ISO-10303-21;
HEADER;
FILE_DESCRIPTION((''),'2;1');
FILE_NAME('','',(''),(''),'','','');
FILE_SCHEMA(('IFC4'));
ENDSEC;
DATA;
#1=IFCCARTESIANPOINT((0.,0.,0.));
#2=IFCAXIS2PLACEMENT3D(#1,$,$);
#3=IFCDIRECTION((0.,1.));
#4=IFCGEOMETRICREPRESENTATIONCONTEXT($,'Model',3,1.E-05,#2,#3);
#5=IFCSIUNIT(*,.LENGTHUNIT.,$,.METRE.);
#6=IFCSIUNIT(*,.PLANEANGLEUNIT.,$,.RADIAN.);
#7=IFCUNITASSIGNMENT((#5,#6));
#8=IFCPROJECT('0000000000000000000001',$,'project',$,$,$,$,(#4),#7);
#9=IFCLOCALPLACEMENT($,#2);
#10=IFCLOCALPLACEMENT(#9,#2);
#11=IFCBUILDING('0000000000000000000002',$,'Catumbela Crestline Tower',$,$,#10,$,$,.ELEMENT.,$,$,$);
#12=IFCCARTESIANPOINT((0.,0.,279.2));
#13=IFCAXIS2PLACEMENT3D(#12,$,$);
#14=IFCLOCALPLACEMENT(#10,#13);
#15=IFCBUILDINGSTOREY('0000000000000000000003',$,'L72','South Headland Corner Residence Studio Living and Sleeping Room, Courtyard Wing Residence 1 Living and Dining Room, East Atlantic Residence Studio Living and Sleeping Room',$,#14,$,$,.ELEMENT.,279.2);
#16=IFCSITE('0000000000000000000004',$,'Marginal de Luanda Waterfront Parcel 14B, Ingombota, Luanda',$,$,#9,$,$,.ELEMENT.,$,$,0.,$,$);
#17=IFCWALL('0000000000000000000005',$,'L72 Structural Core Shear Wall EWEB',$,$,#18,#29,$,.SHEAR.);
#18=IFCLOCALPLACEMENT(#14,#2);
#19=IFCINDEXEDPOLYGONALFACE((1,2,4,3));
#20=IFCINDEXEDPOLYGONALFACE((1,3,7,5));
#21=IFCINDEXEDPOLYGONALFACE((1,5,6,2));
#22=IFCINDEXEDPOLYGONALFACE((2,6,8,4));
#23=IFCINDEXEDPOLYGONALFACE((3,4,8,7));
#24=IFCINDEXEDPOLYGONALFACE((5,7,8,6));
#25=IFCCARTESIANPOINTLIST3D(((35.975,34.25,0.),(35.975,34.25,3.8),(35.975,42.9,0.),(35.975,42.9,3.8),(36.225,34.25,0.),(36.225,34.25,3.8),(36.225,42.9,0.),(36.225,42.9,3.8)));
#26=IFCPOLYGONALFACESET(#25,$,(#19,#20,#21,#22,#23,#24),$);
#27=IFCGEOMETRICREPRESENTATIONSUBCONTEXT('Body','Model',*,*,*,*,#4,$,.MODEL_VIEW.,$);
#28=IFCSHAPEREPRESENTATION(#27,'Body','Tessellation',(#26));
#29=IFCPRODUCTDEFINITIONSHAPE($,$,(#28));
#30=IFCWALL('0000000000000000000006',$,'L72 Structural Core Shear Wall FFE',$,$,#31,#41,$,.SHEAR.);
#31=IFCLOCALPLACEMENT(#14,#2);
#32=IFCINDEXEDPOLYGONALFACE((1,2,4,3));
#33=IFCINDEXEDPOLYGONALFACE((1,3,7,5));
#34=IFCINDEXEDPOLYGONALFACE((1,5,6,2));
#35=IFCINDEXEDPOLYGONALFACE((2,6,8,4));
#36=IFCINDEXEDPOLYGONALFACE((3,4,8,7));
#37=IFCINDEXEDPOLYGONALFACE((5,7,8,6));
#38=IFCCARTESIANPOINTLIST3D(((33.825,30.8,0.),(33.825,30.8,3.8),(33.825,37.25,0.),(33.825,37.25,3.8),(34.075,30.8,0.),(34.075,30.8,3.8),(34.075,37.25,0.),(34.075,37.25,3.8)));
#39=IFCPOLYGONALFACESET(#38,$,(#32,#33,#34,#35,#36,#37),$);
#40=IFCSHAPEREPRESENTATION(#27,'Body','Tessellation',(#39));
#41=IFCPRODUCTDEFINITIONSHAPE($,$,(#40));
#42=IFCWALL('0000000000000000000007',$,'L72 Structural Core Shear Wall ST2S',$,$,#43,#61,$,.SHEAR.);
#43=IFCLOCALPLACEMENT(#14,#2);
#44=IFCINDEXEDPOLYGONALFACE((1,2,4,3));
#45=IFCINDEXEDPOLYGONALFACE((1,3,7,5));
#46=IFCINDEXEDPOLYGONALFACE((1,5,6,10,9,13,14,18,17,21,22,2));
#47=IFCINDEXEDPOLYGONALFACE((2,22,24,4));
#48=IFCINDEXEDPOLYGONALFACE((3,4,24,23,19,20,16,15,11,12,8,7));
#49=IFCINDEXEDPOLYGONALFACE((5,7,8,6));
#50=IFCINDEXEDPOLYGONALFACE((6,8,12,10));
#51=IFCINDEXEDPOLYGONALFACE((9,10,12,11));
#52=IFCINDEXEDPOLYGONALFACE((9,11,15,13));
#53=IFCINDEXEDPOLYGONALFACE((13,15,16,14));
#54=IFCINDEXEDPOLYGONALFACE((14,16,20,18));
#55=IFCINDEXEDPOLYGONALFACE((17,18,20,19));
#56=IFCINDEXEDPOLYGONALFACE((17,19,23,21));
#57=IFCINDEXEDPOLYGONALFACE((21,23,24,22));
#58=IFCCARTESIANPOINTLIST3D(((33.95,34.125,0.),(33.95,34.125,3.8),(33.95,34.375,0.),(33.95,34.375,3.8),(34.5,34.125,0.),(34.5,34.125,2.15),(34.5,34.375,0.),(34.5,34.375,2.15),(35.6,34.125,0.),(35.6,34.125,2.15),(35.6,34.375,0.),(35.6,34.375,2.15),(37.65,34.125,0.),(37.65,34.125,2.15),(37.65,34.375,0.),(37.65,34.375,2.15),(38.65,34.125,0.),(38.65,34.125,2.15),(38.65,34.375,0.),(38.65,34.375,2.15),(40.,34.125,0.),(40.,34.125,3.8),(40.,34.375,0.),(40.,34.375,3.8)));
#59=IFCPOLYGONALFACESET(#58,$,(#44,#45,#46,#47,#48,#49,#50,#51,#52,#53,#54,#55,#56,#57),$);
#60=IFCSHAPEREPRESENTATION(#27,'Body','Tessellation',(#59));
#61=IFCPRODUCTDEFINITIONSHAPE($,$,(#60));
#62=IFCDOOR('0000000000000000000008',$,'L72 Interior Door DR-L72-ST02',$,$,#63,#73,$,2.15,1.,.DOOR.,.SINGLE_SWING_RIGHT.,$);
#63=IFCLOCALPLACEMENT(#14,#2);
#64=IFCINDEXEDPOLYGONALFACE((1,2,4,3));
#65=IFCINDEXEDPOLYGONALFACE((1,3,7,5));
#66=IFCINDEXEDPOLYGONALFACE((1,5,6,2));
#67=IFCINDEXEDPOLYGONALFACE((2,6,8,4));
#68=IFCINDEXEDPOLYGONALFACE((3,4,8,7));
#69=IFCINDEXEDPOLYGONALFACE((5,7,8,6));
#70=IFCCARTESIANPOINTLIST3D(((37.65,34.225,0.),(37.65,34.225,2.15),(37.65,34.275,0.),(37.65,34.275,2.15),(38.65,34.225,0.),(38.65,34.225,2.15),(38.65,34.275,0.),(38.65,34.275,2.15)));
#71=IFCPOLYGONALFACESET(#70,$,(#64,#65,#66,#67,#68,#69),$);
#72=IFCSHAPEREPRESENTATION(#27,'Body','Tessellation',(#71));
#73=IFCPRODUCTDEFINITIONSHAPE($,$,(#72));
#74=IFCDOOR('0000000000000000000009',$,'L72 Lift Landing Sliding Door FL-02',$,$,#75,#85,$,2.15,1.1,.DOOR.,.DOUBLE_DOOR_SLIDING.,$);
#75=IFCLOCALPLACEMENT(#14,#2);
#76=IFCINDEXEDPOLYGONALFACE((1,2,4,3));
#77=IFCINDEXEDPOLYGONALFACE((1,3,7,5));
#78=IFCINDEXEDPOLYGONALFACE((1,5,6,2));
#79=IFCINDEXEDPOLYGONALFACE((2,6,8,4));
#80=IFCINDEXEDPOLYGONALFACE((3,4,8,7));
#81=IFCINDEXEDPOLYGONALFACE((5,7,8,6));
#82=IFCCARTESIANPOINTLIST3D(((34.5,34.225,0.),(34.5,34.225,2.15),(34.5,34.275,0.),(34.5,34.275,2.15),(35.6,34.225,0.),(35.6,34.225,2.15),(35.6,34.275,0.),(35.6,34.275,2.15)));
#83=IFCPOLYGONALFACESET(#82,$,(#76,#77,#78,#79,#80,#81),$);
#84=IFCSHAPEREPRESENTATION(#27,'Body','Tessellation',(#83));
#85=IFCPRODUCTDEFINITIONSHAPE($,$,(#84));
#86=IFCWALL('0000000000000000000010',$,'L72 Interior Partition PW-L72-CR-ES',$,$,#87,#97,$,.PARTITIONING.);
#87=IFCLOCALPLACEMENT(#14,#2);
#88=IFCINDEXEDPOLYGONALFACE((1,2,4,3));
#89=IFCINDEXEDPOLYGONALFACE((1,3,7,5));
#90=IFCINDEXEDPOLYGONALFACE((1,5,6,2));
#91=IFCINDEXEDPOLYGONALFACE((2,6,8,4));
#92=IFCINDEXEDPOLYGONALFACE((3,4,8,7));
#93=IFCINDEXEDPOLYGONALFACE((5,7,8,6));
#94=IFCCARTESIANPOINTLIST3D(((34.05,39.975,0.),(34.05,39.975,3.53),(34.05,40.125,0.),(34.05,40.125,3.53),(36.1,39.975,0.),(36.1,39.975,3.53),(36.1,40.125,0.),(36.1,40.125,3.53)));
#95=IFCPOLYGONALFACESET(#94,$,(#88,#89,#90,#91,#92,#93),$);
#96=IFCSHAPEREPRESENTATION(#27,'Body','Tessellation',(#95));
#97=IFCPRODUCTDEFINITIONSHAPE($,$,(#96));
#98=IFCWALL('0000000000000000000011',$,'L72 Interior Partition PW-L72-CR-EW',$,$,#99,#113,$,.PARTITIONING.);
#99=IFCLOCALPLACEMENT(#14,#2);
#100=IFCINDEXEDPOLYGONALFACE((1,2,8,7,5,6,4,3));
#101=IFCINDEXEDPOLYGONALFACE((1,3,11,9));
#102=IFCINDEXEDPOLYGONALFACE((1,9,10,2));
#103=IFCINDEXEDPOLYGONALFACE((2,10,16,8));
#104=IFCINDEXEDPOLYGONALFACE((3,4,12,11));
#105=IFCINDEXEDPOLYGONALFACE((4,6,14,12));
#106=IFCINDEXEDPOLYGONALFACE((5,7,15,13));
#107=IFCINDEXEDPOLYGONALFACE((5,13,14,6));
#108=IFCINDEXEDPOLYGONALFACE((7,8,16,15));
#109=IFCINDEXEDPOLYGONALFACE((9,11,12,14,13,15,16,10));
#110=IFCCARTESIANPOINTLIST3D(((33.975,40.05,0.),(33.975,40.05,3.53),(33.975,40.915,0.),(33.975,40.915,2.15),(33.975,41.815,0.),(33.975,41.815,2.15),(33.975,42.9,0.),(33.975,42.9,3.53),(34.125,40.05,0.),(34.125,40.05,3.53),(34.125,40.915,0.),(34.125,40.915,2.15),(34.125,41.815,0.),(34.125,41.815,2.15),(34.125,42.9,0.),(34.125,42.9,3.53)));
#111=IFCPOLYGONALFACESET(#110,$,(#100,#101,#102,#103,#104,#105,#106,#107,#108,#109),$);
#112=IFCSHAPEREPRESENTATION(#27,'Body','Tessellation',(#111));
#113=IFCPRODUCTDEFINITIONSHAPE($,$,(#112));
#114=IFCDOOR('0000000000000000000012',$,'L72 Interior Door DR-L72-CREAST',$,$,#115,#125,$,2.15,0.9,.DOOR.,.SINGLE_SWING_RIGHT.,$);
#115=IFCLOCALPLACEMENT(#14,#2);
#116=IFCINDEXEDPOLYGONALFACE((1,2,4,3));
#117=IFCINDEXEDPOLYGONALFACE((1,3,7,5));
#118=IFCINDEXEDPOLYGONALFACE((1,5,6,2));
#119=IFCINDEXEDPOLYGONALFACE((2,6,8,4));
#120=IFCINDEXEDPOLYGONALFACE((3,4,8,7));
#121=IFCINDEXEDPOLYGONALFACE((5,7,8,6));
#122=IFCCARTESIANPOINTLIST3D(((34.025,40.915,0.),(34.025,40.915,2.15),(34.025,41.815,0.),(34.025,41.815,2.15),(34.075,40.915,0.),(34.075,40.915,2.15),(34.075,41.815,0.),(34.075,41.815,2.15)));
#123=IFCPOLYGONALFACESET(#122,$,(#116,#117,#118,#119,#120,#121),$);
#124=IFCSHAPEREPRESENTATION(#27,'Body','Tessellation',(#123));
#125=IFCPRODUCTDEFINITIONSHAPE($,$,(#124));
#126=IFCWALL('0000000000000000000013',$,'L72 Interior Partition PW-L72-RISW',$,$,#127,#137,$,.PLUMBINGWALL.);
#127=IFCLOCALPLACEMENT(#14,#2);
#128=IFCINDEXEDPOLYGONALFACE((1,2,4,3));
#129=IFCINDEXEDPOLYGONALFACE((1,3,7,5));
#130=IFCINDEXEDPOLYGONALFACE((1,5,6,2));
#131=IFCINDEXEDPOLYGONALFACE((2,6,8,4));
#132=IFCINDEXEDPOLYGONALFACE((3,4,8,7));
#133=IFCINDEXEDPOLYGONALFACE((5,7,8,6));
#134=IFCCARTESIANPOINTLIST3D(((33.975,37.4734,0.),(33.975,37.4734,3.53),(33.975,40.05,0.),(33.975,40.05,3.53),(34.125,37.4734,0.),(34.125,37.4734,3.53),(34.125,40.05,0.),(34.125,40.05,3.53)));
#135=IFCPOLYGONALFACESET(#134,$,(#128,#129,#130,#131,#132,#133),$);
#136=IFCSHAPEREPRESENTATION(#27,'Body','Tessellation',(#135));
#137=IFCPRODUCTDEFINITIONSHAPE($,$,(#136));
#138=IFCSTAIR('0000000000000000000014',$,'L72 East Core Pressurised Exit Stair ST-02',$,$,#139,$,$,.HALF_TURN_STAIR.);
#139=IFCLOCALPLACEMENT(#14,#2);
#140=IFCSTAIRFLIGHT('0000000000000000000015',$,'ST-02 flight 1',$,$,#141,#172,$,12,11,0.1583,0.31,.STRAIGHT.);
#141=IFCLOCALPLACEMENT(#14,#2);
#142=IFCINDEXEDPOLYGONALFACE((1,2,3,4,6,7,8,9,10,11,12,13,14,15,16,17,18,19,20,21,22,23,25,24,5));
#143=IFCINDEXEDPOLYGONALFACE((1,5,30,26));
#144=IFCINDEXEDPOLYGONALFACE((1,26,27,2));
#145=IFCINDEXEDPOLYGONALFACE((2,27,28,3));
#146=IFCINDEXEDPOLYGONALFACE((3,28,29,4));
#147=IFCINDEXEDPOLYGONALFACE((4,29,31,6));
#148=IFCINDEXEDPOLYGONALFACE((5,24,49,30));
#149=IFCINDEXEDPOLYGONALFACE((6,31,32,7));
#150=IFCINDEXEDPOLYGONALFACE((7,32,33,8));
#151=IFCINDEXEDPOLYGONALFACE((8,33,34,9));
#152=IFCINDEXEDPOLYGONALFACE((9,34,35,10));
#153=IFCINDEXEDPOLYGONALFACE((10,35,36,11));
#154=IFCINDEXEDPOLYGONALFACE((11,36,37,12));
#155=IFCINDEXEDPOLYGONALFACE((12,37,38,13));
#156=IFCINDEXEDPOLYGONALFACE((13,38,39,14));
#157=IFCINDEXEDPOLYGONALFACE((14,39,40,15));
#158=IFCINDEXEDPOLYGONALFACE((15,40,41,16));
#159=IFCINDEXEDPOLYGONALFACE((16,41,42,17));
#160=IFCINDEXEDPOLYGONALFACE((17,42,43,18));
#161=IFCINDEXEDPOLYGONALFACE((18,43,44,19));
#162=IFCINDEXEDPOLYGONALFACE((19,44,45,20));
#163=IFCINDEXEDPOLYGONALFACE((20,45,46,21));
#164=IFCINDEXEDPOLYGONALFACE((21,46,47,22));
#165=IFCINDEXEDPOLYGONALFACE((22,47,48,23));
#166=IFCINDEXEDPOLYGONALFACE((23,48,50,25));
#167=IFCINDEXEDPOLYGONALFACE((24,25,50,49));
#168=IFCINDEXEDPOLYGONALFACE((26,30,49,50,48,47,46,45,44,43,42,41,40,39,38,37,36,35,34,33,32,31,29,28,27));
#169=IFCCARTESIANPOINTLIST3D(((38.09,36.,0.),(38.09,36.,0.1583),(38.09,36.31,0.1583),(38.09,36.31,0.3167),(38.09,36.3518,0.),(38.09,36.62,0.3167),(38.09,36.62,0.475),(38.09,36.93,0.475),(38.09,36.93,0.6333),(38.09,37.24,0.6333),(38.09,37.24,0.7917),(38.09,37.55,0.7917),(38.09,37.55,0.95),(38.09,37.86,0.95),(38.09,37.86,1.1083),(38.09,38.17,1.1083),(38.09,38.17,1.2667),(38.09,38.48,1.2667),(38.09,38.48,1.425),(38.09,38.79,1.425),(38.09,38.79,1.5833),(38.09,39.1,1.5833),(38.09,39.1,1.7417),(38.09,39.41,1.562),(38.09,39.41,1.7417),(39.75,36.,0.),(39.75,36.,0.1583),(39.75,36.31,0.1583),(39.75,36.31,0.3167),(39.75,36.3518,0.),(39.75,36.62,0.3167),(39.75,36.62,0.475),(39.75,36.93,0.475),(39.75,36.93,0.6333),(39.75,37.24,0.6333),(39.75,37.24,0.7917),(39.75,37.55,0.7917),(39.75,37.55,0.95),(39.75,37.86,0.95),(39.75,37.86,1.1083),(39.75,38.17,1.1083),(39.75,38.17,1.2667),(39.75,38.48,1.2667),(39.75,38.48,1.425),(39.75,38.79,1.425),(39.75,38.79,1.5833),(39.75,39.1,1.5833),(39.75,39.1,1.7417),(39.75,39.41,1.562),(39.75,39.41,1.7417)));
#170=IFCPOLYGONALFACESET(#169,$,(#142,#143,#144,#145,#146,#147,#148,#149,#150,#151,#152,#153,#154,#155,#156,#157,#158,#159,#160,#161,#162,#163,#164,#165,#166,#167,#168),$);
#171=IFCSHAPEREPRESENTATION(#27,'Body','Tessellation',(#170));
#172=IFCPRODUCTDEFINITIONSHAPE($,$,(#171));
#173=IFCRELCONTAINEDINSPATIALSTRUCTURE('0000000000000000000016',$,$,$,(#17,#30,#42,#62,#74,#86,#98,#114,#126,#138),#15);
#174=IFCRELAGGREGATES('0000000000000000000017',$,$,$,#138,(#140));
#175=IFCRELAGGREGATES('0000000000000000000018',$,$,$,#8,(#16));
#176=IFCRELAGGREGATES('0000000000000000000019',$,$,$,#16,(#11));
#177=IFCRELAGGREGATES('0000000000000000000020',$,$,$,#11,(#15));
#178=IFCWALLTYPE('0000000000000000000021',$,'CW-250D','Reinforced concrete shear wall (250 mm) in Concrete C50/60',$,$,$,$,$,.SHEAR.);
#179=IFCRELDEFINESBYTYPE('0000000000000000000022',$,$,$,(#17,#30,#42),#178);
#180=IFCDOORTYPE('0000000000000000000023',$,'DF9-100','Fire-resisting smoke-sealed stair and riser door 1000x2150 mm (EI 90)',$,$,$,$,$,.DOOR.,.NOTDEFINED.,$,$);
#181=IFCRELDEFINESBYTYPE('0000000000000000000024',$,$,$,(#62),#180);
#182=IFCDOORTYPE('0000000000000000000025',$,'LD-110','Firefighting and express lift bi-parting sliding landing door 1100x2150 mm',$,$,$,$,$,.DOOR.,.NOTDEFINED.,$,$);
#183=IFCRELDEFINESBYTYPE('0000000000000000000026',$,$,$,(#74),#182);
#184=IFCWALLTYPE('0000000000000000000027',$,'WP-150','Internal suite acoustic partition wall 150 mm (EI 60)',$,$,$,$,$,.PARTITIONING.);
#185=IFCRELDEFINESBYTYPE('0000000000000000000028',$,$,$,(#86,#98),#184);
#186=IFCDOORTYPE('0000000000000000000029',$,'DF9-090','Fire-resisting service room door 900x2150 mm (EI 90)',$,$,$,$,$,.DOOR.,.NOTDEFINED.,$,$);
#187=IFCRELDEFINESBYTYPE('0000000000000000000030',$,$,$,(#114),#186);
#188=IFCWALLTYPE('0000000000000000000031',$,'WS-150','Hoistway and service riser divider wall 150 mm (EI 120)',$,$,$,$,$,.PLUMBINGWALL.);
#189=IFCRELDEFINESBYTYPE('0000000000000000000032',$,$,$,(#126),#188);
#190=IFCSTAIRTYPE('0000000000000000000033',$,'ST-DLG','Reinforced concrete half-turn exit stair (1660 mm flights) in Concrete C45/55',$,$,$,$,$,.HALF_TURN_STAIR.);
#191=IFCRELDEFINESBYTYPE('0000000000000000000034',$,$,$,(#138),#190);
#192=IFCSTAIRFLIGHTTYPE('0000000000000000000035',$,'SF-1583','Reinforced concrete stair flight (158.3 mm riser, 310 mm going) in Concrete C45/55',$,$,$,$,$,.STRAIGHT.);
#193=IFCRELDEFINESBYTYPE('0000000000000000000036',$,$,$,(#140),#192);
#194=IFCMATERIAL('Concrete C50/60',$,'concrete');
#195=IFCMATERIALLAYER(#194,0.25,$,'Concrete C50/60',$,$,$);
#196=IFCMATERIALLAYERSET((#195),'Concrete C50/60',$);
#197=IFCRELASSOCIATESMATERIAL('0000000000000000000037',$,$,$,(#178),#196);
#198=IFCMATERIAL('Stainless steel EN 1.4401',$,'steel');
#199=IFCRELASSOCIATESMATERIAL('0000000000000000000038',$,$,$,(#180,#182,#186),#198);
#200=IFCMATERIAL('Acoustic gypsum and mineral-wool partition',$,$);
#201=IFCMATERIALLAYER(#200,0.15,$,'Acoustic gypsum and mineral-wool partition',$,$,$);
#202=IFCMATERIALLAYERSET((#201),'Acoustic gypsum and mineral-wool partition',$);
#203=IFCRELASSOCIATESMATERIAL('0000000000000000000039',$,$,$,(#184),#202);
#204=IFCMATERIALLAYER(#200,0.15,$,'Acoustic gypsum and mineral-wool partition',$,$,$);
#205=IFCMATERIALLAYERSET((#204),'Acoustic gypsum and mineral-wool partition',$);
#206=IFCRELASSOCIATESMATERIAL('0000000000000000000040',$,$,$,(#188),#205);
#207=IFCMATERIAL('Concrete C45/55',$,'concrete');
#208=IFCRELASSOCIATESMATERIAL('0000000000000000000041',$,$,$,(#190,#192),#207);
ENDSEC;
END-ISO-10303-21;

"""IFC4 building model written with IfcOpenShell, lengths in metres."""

from ifc_helpers import new_model, si_unit, direction, frame, frame_2d, origin, place, context, subcontext, project, spatial, polyline, rectangle, outline, extrude, material, layer, layer_set, type_object, element, fill, aggregate, save


model = new_model("IFC4")

# Units and contexts
model_context = context("Model", 3, precision=1e-05, world=origin(), true_north=direction((0.0, 1.0)))
body_context = subcontext(model_context, "Body", "Model", "MODEL_VIEW")
ifc_project = project(units=[si_unit("LENGTHUNIT", "METRE"), si_unit("PLANEANGLEUNIT", "RADIAN")], contexts=[model_context])

# Site, building, storey
site_placement = place(None, origin())
site = spatial("IfcSite", under=ifc_project, at=site_placement, Name="Marginal de Luanda Waterfront Parcel 14B, Ingombota, Luanda", CompositionType="ELEMENT", RefElevation=0.0)
building_placement = place(site_placement, origin())
building = spatial("IfcBuilding", under=site, at=building_placement, Name="Catumbela Crestline Tower", CompositionType="ELEMENT")
storey_placement = place(building_placement, frame((0.0, 0.0, 279.2)))
storey = spatial("IfcBuildingStorey", under=building, at=storey_placement, Name="L72", Description="South Headland Corner Residence Studio Living and Sleeping Room, Courtyard Wing Residence 1 Living and Dining Room, East Atlantic Residence Studio Living and Sleeping Room", CompositionType="ELEMENT", Elevation=279.2)

# Walls
ifc_material_1 = material(Name="Concrete C50/60", Category="concrete")
ifc_layer_1 = layer(ifc_material_1, 0.25, Name="Concrete C50/60")
ifc_layer_set_1 = layer_set([ifc_layer_1], Name="Concrete C50/60")
wall_type_1 = type_object("IfcWallType", Name="CW-250D", Description="Reinforced concrete shear wall (250 mm) in Concrete C50/60", PredefinedType="SHEAR", material=ifc_layer_set_1)
wall_1_placement = place(storey_placement, frame((36.1, 34.25, 0.0), z_axis=(0.0, 0.0, 1.0), x_axis=(0.0, 1.0, 0.0)))
element("IfcWall", 1, at=wall_1_placement, inside=storey, type_object=wall_type_1, Name="L72 Structural Core Shear Wall EWEB", PredefinedType="SHEAR", context=body_context, shape_type="SweptSolid", body=[
    extrude(rectangle(XDim=8.65, YDim=0.25, at=frame_2d((4.325, 0.0))), origin(), (0.0, 0.0, 1.0), 3.8),
])
wall_2_placement = place(storey_placement, frame((33.95, 30.8, 0.0), z_axis=(0.0, 0.0, 1.0), x_axis=(0.0, 1.0, 0.0)))
element("IfcWall", 2, at=wall_2_placement, inside=storey, type_object=wall_type_1, Name="L72 Structural Core Shear Wall FFE", PredefinedType="SHEAR", context=body_context, shape_type="SweptSolid", body=[
    extrude(rectangle(XDim=6.45, YDim=0.25, at=frame_2d((3.225, 0.0))), origin(), (0.0, 0.0, 1.0), 3.8),
])

# Wall, openings, doors
wall_3_placement = place(storey_placement, frame((33.95, 34.25, 0.0), z_axis=(0.0, 0.0, 1.0), x_axis=(1.0, 0.0, 0.0)))
wall_3 = element("IfcWall", 3, at=wall_3_placement, inside=storey, type_object=wall_type_1, Name="L72 Structural Core Shear Wall ST2S", PredefinedType="SHEAR", context=body_context, shape_type="SweptSolid", body=[
    extrude(rectangle(XDim=6.05, YDim=0.25, at=frame_2d((3.025, 0.0))), origin(), (0.0, 0.0, 1.0), 3.8),
])
opening_1_placement = place(wall_3_placement, frame((3.7, 0.0, 0.0)))
opening_1 = element("IfcOpeningElement", 4, at=opening_1_placement, cuts=wall_3, PredefinedType="OPENING", context=body_context, shape_type="SweptSolid", body=[
    extrude(rectangle(XDim=1.0, YDim=2.15, at=frame_2d((0.5, 1.075))), frame((0.0, 0.135, 0.0), z_axis=(0.0, -1.0, 0.0), x_axis=(1.0, 0.0, 0.0)), (0.0, 0.0, 1.0), 0.27),
])
opening_2_placement = place(wall_3_placement, frame((0.55, 0.0, 0.0)))
opening_2 = element("IfcOpeningElement", 5, at=opening_2_placement, cuts=wall_3, PredefinedType="OPENING", context=body_context, shape_type="SweptSolid", body=[
    extrude(rectangle(XDim=1.1, YDim=2.15, at=frame_2d((0.55, 1.075))), frame((0.0, 0.135, 0.0), z_axis=(0.0, -1.0, 0.0), x_axis=(1.0, 0.0, 0.0)), (0.0, 0.0, 1.0), 0.27),
])
ifc_material_2 = material(Name="Stainless steel EN 1.4401", Category="steel")
door_type_1 = type_object("IfcDoorType", Name="DF9-100", Description="Fire-resisting smoke-sealed stair and riser door 1000x2150 mm (EI 90)", OperationType="NOTDEFINED", PredefinedType="DOOR", material=ifc_material_2)
door_1_placement = place(opening_1_placement, origin())
door_1 = element("IfcDoor", 6, at=door_1_placement, inside=storey, type_object=door_type_1, Name="L72 Interior Door DR-L72-ST02", OperationType="SINGLE_SWING_RIGHT", OverallHeight=2.15, OverallWidth=1.0, PredefinedType="DOOR", context=body_context, shape_type="SweptSolid", body=[
    extrude(rectangle(XDim=1.0, YDim=2.15, at=frame_2d((0.5, 1.075))), frame((0.0, 0.025, 0.0), z_axis=(0.0, -1.0, 0.0), x_axis=(1.0, 0.0, 0.0)), (0.0, 0.0, 1.0), 0.05),
])
fill(opening_1, door_1)
door_type_2 = type_object("IfcDoorType", Name="LD-110", Description="Firefighting and express lift bi-parting sliding landing door 1100x2150 mm", OperationType="NOTDEFINED", PredefinedType="DOOR", material=ifc_material_2)
door_2_placement = place(opening_2_placement, origin())
door_2 = element("IfcDoor", 7, at=door_2_placement, inside=storey, type_object=door_type_2, Name="L72 Lift Landing Sliding Door FL-02", OperationType="DOUBLE_DOOR_SLIDING", OverallHeight=2.15, OverallWidth=1.1, PredefinedType="DOOR", context=body_context, shape_type="SweptSolid", body=[
    extrude(rectangle(XDim=1.1, YDim=2.15, at=frame_2d((0.55, 1.075))), frame((0.0, 0.025, 0.0), z_axis=(0.0, -1.0, 0.0), x_axis=(1.0, 0.0, 0.0)), (0.0, 0.0, 1.0), 0.05),
])
fill(opening_2, door_2)

# Wall
ifc_material_3 = material(Name="Acoustic gypsum and mineral-wool partition")
ifc_layer_2 = layer(ifc_material_3, 0.15, Name="Acoustic gypsum and mineral-wool partition")
ifc_layer_set_2 = layer_set([ifc_layer_2], Name="Acoustic gypsum and mineral-wool partition")
wall_type_2 = type_object("IfcWallType", Name="WP-150", Description="Internal suite acoustic partition wall 150 mm (EI 60)", PredefinedType="PARTITIONING", material=ifc_layer_set_2)
wall_4_placement = place(storey_placement, frame((34.05, 40.05, 0.0), z_axis=(0.0, 0.0, 1.0), x_axis=(1.0, 0.0, 0.0)))
element("IfcWall", 8, at=wall_4_placement, inside=storey, type_object=wall_type_2, Name="L72 Interior Partition PW-L72-CR-ES", PredefinedType="PARTITIONING", context=body_context, shape_type="SweptSolid", body=[
    extrude(rectangle(XDim=2.05, YDim=0.15, at=frame_2d((1.025, 0.0))), origin(), (0.0, 0.0, 1.0), 3.53),
])

# Wall, opening, door
wall_5_placement = place(storey_placement, frame((34.05, 40.05, 0.0), z_axis=(0.0, 0.0, 1.0), x_axis=(0.0, 1.0, 0.0)))
wall_5 = element("IfcWall", 9, at=wall_5_placement, inside=storey, type_object=wall_type_2, Name="L72 Interior Partition PW-L72-CR-EW", PredefinedType="PARTITIONING", context=body_context, shape_type="SweptSolid", body=[
    extrude(rectangle(XDim=2.85, YDim=0.15, at=frame_2d((1.425, 0.0))), origin(), (0.0, 0.0, 1.0), 3.53),
])
opening_3_placement = place(wall_5_placement, frame((0.865, 0.0, 0.0)))
opening_3 = element("IfcOpeningElement", 10, at=opening_3_placement, cuts=wall_5, PredefinedType="OPENING", context=body_context, shape_type="SweptSolid", body=[
    extrude(rectangle(XDim=0.9, YDim=2.15, at=frame_2d((0.45, 1.075))), frame((0.0, 0.085, 0.0), z_axis=(0.0, -1.0, 0.0), x_axis=(1.0, 0.0, 0.0)), (0.0, 0.0, 1.0), 0.17),
])
door_type_3 = type_object("IfcDoorType", Name="DF9-090", Description="Fire-resisting service room door 900x2150 mm (EI 90)", OperationType="NOTDEFINED", PredefinedType="DOOR", material=ifc_material_2)
door_3_placement = place(opening_3_placement, origin())
door_3 = element("IfcDoor", 11, at=door_3_placement, inside=storey, type_object=door_type_3, Name="L72 Interior Door DR-L72-CREAST", OperationType="SINGLE_SWING_RIGHT", OverallHeight=2.15, OverallWidth=0.9, PredefinedType="DOOR", context=body_context, shape_type="SweptSolid", body=[
    extrude(rectangle(XDim=0.9, YDim=2.15, at=frame_2d((0.45, 1.075))), frame((0.0, 0.025, 0.0), z_axis=(0.0, -1.0, 0.0), x_axis=(1.0, 0.0, 0.0)), (0.0, 0.0, 1.0), 0.05),
])
fill(opening_3, door_3)

# Wall
ifc_layer_3 = layer(ifc_material_3, 0.15, Name="Acoustic gypsum and mineral-wool partition")
ifc_layer_set_3 = layer_set([ifc_layer_3], Name="Acoustic gypsum and mineral-wool partition")
wall_type_3 = type_object("IfcWallType", Name="WS-150", Description="Hoistway and service riser divider wall 150 mm (EI 120)", PredefinedType="PLUMBINGWALL", material=ifc_layer_set_3)
wall_6_placement = place(storey_placement, frame((34.05, 37.4734, 0.0), z_axis=(0.0, 0.0, 1.0), x_axis=(0.0, 1.0, 0.0)))
element("IfcWall", 12, at=wall_6_placement, inside=storey, type_object=wall_type_3, Name="L72 Interior Partition PW-L72-RISW", PredefinedType="PLUMBINGWALL", context=body_context, shape_type="SweptSolid", body=[
    extrude(rectangle(XDim=2.5766, YDim=0.15, at=frame_2d((1.2883, 0.0))), origin(), (0.0, 0.0, 1.0), 3.53),
])

# Stair, stair flight
ifc_material_4 = material(Name="Concrete C45/55", Category="concrete")
stair_type = type_object("IfcStairType", Name="ST-DLG", Description="Reinforced concrete half-turn exit stair (1660 mm flights) in Concrete C45/55", PredefinedType="HALF_TURN_STAIR", material=ifc_material_4)
stair_placement = place(storey_placement, origin())
stair = element("IfcStair", 13, at=stair_placement, inside=storey, type_object=stair_type, Name="L72 East Core Pressurised Exit Stair ST-02", PredefinedType="HALF_TURN_STAIR")
stair_flight_type = type_object("IfcStairFlightType", Name="SF-1583", Description="Reinforced concrete stair flight (158.3 mm riser, 310 mm going) in Concrete C45/55", PredefinedType="STRAIGHT", material=ifc_material_4)
stair_flight_1_placement = place(storey_placement, frame((38.92, 36.0, 0.0), z_axis=(0.0, 0.0, 1.0), x_axis=(0.0, 1.0, 0.0)))
stair_flight_1 = element("IfcStairFlight", 14, at=stair_flight_1_placement, type_object=stair_flight_type, Name="ST-02 flight 1", NumberOfRisers=12, NumberOfTreads=11, PredefinedType="STRAIGHT", RiserHeight=0.1583, TreadLength=0.31, context=body_context, shape_type="SweptSolid", body=[
    extrude(outline(polyline([(0.0, 0.0), (0.0, 0.1583), (0.31, 0.1583), (0.31, 0.3167), (0.62, 0.3167), (0.62, 0.475), (0.93, 0.475), (0.93, 0.6333), (1.24, 0.6333), (1.24, 0.7917), (1.55, 0.7917), (1.55, 0.95), (1.86, 0.95), (1.86, 1.1083), (2.17, 1.1083), (2.17, 1.2667), (2.48, 1.2667), (2.48, 1.425), (2.79, 1.425), (2.79, 1.5833), (3.1, 1.5833), (3.1, 1.7417), (3.41, 1.7417), (3.41, 1.9), (3.41, 1.562), (0.3518, 0.0), (0.0, 0.0)])), frame((0.0, 0.83, 0.0), z_axis=(0.0, -1.0, 0.0), x_axis=(1.0, 0.0, 0.0)), (0.0, 0.0, 1.0), 1.66),
])
aggregate(stair, [stair_flight_1])

save(model, "model.ifc")
